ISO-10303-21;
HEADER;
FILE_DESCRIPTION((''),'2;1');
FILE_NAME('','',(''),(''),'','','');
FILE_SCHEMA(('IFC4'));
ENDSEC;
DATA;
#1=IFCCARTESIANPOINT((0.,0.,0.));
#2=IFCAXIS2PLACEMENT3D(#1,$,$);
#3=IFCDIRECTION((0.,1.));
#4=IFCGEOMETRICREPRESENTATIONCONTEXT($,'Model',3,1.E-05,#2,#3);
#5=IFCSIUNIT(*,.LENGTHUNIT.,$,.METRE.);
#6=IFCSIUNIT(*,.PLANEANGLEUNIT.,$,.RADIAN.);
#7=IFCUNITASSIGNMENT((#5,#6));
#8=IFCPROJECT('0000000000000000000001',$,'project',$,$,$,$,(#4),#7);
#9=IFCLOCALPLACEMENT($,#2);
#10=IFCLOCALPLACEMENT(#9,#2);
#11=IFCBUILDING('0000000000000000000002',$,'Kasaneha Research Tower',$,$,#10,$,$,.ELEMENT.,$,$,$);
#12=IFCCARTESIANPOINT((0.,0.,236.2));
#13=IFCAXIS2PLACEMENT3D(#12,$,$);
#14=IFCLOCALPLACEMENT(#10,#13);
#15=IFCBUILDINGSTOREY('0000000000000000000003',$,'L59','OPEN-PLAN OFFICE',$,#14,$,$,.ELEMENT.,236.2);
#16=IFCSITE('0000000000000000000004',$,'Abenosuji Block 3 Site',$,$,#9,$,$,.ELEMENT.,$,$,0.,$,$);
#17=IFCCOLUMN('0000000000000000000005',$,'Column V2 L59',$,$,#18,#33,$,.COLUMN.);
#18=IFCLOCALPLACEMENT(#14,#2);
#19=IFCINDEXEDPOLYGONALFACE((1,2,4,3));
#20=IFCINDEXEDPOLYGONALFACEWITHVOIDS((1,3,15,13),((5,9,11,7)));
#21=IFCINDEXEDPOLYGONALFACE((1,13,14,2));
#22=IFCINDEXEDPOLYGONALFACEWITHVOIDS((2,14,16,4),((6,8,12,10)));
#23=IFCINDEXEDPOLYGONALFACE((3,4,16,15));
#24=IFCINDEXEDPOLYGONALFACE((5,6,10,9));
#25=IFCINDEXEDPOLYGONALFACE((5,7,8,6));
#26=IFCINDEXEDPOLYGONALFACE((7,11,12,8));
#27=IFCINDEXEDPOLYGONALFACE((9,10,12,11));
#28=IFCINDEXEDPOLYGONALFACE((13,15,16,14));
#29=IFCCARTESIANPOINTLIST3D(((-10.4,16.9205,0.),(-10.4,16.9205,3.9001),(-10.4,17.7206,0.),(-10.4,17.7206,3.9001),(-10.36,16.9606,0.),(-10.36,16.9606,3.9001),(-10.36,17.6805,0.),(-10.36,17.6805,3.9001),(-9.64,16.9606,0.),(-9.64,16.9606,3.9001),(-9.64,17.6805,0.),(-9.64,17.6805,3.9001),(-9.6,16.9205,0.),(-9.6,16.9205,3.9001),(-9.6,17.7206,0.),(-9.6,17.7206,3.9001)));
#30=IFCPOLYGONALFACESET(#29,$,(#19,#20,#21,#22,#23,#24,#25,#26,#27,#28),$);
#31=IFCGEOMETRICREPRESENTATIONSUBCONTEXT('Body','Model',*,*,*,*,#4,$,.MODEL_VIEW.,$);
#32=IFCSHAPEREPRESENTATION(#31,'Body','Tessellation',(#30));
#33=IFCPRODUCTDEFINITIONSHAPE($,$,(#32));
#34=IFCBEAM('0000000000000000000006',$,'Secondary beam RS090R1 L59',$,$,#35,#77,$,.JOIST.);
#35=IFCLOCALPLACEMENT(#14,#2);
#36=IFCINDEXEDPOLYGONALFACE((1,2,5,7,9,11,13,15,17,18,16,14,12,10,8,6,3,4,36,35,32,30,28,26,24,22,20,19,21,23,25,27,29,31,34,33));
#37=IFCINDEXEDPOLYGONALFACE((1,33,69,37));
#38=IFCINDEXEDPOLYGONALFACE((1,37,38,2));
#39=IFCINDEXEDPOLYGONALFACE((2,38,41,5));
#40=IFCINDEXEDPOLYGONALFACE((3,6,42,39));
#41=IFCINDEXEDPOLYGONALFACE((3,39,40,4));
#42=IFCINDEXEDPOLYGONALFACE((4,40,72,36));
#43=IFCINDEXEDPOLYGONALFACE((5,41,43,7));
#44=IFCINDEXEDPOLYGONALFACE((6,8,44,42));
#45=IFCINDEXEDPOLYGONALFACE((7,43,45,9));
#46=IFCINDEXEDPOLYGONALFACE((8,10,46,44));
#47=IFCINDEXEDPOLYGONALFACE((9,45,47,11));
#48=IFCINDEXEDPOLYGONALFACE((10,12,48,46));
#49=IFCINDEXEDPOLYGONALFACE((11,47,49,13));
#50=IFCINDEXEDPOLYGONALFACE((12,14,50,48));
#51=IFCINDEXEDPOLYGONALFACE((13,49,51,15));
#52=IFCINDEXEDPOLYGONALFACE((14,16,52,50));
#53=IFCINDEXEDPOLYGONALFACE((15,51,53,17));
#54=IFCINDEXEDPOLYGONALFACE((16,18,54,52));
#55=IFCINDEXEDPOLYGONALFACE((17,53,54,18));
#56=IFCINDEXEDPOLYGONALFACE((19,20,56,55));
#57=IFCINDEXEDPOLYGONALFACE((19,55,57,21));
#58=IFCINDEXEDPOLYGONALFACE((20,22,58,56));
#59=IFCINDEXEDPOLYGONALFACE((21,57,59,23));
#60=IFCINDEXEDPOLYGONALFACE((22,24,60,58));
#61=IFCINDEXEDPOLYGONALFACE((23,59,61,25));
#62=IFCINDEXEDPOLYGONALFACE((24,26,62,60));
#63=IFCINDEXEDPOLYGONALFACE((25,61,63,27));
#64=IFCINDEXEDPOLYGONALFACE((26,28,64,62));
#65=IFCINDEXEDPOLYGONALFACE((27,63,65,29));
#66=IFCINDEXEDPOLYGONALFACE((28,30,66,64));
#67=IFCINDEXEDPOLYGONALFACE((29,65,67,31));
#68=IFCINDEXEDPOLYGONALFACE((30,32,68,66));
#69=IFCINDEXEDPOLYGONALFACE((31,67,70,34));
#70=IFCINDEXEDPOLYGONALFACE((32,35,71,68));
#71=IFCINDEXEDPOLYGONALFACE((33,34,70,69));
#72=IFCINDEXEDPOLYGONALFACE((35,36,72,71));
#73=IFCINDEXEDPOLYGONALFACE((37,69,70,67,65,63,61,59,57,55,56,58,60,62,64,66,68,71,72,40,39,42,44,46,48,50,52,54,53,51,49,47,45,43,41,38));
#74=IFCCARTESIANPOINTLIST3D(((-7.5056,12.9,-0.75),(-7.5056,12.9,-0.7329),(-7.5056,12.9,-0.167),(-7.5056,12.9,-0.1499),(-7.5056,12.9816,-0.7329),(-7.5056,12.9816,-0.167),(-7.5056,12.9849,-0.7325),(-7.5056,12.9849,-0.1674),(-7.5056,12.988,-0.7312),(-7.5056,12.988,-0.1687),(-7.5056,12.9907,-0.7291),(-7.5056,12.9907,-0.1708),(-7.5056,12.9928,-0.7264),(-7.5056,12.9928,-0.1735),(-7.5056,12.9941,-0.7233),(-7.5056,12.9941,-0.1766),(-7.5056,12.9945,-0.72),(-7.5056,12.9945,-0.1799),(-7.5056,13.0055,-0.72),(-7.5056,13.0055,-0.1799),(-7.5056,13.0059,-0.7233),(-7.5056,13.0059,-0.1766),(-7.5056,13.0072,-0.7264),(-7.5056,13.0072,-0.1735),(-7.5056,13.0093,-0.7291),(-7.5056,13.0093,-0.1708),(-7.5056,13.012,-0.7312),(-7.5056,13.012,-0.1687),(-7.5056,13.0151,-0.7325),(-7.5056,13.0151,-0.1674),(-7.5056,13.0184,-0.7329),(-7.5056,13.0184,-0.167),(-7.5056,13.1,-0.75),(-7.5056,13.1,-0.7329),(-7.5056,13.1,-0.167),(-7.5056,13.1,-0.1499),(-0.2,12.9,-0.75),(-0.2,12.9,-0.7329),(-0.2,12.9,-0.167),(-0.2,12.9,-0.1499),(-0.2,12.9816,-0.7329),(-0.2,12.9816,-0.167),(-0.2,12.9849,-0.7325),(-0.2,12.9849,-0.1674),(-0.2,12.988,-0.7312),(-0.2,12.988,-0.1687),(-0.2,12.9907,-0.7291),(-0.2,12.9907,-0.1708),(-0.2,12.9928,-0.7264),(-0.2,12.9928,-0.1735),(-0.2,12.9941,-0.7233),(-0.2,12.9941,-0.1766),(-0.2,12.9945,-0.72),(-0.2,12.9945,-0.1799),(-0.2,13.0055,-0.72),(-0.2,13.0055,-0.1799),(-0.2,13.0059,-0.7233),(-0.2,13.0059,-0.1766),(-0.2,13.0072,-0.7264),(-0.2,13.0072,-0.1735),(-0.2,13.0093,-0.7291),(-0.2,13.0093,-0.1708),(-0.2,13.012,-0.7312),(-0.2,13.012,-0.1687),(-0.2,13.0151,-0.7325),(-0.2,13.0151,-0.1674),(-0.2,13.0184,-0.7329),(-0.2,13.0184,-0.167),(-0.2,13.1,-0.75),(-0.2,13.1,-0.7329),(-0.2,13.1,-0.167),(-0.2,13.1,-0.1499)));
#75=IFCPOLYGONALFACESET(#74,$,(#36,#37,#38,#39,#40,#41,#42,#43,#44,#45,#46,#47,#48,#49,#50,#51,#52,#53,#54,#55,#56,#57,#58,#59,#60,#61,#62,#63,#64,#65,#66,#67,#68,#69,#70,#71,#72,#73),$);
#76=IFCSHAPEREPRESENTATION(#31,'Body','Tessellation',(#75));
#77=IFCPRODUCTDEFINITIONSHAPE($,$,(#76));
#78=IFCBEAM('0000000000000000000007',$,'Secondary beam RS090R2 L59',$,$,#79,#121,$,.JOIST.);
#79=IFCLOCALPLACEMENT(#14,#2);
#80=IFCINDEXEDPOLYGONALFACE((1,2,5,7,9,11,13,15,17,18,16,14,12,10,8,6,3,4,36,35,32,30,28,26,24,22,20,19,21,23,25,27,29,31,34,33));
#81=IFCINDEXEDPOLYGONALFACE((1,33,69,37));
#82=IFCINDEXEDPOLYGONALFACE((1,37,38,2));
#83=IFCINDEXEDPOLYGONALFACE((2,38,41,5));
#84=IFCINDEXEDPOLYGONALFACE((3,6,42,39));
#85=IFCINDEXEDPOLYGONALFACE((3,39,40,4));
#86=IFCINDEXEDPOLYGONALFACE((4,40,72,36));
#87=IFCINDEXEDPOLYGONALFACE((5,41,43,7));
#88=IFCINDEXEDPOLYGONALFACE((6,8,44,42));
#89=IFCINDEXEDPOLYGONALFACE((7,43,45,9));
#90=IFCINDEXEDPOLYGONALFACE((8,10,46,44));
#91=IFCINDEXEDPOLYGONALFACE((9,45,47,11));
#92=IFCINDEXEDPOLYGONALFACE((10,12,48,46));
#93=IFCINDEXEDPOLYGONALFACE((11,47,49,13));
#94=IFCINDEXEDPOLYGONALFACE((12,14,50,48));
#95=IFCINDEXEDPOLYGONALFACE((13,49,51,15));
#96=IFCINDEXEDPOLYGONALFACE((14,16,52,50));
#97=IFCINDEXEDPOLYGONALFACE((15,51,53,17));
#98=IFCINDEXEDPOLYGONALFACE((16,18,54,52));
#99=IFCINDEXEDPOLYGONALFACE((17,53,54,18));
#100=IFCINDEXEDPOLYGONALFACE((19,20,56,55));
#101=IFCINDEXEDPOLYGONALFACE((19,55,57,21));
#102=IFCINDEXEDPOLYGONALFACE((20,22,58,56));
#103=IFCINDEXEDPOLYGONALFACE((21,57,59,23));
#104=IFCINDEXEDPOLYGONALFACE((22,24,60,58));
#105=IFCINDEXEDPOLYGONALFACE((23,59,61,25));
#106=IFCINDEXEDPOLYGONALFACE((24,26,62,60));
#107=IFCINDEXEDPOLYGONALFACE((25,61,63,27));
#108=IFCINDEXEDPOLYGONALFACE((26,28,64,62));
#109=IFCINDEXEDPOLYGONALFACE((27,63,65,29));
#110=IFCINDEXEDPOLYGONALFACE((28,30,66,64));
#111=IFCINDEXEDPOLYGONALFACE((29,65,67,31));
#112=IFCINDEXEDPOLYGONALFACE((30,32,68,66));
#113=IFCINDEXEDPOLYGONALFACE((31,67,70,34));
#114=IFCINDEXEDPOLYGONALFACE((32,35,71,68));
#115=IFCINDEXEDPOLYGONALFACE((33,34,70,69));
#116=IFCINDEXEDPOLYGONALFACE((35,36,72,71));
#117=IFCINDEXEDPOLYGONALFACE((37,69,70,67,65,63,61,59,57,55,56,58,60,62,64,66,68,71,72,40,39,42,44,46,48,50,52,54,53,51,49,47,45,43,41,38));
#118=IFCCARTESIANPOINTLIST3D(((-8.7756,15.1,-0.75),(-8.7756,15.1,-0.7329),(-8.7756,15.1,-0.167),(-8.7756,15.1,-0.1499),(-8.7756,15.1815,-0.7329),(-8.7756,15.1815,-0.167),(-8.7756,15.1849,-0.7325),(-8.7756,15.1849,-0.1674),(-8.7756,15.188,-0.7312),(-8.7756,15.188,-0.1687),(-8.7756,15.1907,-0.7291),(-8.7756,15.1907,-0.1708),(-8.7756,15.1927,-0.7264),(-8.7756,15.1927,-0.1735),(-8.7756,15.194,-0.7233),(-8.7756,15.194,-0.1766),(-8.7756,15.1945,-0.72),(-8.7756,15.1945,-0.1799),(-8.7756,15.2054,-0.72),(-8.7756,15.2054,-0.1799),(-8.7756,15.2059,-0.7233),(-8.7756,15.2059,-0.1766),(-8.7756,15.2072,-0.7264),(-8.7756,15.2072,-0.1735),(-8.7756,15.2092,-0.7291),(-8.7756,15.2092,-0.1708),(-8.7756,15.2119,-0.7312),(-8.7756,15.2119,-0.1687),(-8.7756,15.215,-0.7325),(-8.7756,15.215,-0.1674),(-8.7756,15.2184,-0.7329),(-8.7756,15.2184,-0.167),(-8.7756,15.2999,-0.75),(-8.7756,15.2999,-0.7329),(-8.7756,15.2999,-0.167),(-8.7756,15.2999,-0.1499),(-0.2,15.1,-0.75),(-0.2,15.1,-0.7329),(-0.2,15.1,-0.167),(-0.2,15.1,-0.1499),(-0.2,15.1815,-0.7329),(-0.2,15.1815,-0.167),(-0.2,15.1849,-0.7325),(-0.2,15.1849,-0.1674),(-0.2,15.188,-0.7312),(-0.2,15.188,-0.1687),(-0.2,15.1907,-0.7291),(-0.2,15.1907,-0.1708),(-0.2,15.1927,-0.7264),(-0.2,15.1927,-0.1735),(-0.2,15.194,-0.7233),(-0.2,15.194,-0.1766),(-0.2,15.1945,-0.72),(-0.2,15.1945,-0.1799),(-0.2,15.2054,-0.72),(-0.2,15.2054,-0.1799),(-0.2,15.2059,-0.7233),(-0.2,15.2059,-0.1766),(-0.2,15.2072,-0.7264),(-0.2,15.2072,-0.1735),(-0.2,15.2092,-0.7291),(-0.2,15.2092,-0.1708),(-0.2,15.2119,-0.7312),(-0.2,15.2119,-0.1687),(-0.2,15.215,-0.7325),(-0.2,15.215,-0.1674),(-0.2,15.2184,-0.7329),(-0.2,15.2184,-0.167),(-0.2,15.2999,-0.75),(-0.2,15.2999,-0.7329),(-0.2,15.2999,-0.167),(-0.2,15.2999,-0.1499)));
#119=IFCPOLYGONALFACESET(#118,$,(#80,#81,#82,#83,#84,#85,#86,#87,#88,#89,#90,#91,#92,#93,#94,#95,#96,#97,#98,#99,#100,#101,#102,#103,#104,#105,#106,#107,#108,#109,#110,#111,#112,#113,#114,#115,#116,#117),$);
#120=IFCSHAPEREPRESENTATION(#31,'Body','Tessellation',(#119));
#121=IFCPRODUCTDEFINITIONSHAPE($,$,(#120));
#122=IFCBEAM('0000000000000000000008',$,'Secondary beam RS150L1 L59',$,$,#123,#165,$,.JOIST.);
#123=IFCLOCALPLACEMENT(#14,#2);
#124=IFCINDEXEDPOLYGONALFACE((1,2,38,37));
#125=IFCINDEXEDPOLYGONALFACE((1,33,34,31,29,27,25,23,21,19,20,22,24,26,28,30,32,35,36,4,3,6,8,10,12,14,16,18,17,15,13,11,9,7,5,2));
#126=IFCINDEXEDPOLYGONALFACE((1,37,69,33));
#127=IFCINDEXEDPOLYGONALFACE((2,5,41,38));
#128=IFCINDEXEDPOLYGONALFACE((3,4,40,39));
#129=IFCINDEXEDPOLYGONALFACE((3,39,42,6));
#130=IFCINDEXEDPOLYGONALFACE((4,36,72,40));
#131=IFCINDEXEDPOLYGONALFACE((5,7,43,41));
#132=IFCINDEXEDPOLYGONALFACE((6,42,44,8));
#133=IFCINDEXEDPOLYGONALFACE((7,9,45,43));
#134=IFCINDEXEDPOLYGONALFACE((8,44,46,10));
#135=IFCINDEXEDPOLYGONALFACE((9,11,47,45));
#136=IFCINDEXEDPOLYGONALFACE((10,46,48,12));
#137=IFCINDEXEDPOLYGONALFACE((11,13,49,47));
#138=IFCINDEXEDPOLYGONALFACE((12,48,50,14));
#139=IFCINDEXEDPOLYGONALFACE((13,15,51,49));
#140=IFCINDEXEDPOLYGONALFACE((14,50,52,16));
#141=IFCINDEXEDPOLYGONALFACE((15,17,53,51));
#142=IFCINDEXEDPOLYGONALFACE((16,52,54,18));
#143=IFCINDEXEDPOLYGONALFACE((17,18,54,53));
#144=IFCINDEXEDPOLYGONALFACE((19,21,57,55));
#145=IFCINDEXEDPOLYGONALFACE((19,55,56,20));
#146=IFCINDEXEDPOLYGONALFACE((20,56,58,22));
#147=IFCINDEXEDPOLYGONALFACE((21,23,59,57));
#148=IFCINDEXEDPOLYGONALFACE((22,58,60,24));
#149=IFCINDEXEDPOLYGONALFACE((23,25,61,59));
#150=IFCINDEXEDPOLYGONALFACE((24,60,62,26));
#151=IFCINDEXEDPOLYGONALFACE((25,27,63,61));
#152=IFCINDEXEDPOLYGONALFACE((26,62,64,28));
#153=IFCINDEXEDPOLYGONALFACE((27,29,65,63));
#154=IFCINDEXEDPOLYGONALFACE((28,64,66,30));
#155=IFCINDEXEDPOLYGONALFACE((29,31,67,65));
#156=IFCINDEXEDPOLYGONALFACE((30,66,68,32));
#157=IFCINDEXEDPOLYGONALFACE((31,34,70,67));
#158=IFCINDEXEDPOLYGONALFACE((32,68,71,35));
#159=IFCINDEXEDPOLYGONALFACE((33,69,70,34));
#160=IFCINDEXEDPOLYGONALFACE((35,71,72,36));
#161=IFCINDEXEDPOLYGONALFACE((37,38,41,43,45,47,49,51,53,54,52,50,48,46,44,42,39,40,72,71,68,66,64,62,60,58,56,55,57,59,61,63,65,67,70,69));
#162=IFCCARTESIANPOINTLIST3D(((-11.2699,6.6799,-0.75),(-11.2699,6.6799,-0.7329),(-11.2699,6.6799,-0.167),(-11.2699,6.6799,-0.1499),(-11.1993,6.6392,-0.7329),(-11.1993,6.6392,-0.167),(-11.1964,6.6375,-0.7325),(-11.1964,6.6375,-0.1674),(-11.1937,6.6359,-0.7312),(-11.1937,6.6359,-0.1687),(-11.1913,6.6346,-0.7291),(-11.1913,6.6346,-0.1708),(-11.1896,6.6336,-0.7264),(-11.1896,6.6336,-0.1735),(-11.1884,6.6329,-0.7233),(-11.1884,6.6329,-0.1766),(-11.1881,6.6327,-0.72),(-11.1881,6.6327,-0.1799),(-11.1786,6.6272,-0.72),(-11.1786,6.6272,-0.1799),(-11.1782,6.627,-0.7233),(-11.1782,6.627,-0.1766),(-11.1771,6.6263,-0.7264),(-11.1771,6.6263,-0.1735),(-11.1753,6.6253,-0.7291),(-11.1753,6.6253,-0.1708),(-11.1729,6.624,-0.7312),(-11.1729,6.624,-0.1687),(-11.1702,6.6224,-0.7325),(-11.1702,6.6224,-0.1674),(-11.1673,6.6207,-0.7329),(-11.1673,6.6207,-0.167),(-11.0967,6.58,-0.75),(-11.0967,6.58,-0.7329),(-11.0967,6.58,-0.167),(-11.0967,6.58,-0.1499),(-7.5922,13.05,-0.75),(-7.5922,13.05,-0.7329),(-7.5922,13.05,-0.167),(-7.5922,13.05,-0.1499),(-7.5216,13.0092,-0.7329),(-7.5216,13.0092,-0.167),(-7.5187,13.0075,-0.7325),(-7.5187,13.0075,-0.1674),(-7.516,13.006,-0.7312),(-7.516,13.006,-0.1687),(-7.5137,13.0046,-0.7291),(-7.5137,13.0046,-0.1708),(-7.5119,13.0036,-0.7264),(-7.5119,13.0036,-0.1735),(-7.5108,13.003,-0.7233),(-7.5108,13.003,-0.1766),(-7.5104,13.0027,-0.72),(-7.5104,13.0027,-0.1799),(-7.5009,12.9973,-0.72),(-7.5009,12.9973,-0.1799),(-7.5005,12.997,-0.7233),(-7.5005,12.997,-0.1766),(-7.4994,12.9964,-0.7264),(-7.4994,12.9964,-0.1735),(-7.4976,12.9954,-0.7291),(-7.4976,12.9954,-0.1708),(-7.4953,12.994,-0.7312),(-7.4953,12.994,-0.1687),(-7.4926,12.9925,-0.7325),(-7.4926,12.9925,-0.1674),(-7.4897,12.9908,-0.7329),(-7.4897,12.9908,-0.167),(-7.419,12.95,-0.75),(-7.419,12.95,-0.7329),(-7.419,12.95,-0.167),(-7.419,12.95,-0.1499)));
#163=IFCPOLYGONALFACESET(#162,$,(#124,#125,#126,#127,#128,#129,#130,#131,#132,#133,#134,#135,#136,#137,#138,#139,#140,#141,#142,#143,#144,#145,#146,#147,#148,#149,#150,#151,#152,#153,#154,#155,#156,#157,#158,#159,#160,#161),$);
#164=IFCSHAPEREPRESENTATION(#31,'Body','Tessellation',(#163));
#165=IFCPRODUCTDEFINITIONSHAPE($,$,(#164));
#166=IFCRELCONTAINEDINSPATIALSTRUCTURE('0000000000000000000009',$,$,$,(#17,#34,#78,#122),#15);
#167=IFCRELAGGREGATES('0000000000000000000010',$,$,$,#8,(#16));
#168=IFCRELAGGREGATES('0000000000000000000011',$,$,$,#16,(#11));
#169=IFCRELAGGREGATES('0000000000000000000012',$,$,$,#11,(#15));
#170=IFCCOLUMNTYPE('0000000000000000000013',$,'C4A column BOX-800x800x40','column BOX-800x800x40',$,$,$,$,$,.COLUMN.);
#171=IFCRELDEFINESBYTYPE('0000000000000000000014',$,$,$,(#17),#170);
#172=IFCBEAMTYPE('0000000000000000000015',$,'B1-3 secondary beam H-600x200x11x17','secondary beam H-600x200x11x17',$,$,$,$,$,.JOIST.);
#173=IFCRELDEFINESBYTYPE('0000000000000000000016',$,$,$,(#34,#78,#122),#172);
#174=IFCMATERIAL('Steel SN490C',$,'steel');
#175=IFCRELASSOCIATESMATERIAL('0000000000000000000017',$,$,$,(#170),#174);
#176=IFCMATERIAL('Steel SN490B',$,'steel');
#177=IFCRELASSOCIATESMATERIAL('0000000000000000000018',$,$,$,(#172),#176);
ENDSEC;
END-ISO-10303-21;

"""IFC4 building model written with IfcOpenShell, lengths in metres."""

from ifc_helpers import new_model, si_unit, direction, frame, origin, origin_2d, place, context, subcontext, project, spatial, hollow_rectangle, i_section, extrude, material, material_profile, profile_set, type_object, element, save


model = new_model("IFC4")

# Units and contexts
model_context = context("Model", 3, precision=1e-05, world=origin(), true_north=direction((0.0, 1.0)))
body_context = subcontext(model_context, "Body", "Model", "MODEL_VIEW")
ifc_project = project(units=[si_unit("LENGTHUNIT", "METRE"), si_unit("PLANEANGLEUNIT", "RADIAN")], contexts=[model_context])

# Site, building, storey
site_placement = place(None, origin())
site = spatial("IfcSite", under=ifc_project, at=site_placement, Name="Abenosuji Block 3 Site", CompositionType="ELEMENT", RefElevation=0.0)
building_placement = place(site_placement, origin())
building = spatial("IfcBuilding", under=site, at=building_placement, Name="Kasaneha Research Tower", CompositionType="ELEMENT")
storey_placement = place(building_placement, frame((0.0, 0.0, 236.2)))
storey = spatial("IfcBuildingStorey", under=building, at=storey_placement, Name="L59", Description="OPEN-PLAN OFFICE", CompositionType="ELEMENT", Elevation=236.2)

# Column
ifc_material_1 = material(Name="Steel SN490C", Category="steel")
ifc_material_profile_1 = material_profile(ifc_material_1, hollow_rectangle(XDim=0.8, YDim=0.8, WallThickness=0.04, at=origin_2d()), Name="BOX-800x800x40")
ifc_profile_set_1 = profile_set([ifc_material_profile_1], Name="Steel SN490C")
column_type = type_object("IfcColumnType", Name="C4A column BOX-800x800x40", Description="column BOX-800x800x40", PredefinedType="COLUMN", material=ifc_profile_set_1)
column_placement = place(storey_placement, frame((-10.0, 17.3206, 0.0), z_axis=(0.0, 0.0, 1.0), x_axis=(1.0, 0.0, 0.0)))
element("IfcColumn", 1, at=column_placement, inside=storey, type_object=column_type, Name="Column V2 L59", PredefinedType="COLUMN", context=body_context, shape_type="SweptSolid", body=[
    extrude(hollow_rectangle(XDim=0.8, YDim=0.8, WallThickness=0.04, at=origin_2d()), origin(), (0.0, 0.0, 1.0), 3.9001),
])

# Beams
ifc_material_2 = material(Name="Steel SN490B", Category="steel")
ifc_material_profile_2 = material_profile(ifc_material_2, i_section(OverallWidth=0.2, OverallDepth=0.6001, WebThickness=0.011, FlangeThickness=0.0171, FilletRadius=0.0129, at=origin_2d()), Name="H-600x200x11x17")
ifc_profile_set_2 = profile_set([ifc_material_profile_2], Name="Steel SN490B")
beam_type_1 = type_object("IfcBeamType", Name="B1-3 secondary beam H-600x200x11x17", Description="secondary beam H-600x200x11x17", PredefinedType="JOIST", material=ifc_profile_set_2)
beam_1_placement = place(storey_placement, frame((-7.5056, 13.0, -0.45), z_axis=(1.0, 0.0, 0.0), x_axis=(0.0, 1.0, 0.0)))
element("IfcBeam", 2, at=beam_1_placement, inside=storey, type_object=beam_type_1, Name="Secondary beam RS090R1 L59", PredefinedType="JOIST", context=body_context, shape_type="SweptSolid", body=[
    extrude(i_section(OverallWidth=0.2, OverallDepth=0.6001, WebThickness=0.011, FlangeThickness=0.0171, FilletRadius=0.0129, at=origin_2d()), origin(), (0.0, 0.0, 1.0), 7.3057),
])
beam_2_placement = place(storey_placement, frame((-8.7756, 15.2, -0.45), z_axis=(1.0, 0.0, 0.0), x_axis=(0.0, 1.0, 0.0)))
element("IfcBeam", 3, at=beam_2_placement, inside=storey, type_object=beam_type_1, Name="Secondary beam RS090R2 L59", PredefinedType="JOIST", context=body_context, shape_type="SweptSolid", body=[
    extrude(i_section(OverallWidth=0.2, OverallDepth=0.6001, WebThickness=0.011, FlangeThickness=0.0171, FilletRadius=0.0129, at=origin_2d()), origin(), (0.0, 0.0, 1.0), 8.5757),
])
beam_3_placement = place(storey_placement, frame((-7.5056, 13.0, -0.45), z_axis=(-0.499994, -0.866029, 0.0), x_axis=(0.866029, -0.499994, 0.0)))
element("IfcBeam", 4, at=beam_3_placement, inside=storey, type_object=beam_type_1, Name="Secondary beam RS150L1 L59", PredefinedType="JOIST", context=body_context, shape_type="SweptSolid", body=[
    extrude(i_section(OverallWidth=0.2, OverallDepth=0.6001, WebThickness=0.011, FlangeThickness=0.0171, FilletRadius=0.0129, at=origin_2d()), origin(), (0.0, 0.0, 1.0), 7.3555),
])

save(model, "model.ifc")
